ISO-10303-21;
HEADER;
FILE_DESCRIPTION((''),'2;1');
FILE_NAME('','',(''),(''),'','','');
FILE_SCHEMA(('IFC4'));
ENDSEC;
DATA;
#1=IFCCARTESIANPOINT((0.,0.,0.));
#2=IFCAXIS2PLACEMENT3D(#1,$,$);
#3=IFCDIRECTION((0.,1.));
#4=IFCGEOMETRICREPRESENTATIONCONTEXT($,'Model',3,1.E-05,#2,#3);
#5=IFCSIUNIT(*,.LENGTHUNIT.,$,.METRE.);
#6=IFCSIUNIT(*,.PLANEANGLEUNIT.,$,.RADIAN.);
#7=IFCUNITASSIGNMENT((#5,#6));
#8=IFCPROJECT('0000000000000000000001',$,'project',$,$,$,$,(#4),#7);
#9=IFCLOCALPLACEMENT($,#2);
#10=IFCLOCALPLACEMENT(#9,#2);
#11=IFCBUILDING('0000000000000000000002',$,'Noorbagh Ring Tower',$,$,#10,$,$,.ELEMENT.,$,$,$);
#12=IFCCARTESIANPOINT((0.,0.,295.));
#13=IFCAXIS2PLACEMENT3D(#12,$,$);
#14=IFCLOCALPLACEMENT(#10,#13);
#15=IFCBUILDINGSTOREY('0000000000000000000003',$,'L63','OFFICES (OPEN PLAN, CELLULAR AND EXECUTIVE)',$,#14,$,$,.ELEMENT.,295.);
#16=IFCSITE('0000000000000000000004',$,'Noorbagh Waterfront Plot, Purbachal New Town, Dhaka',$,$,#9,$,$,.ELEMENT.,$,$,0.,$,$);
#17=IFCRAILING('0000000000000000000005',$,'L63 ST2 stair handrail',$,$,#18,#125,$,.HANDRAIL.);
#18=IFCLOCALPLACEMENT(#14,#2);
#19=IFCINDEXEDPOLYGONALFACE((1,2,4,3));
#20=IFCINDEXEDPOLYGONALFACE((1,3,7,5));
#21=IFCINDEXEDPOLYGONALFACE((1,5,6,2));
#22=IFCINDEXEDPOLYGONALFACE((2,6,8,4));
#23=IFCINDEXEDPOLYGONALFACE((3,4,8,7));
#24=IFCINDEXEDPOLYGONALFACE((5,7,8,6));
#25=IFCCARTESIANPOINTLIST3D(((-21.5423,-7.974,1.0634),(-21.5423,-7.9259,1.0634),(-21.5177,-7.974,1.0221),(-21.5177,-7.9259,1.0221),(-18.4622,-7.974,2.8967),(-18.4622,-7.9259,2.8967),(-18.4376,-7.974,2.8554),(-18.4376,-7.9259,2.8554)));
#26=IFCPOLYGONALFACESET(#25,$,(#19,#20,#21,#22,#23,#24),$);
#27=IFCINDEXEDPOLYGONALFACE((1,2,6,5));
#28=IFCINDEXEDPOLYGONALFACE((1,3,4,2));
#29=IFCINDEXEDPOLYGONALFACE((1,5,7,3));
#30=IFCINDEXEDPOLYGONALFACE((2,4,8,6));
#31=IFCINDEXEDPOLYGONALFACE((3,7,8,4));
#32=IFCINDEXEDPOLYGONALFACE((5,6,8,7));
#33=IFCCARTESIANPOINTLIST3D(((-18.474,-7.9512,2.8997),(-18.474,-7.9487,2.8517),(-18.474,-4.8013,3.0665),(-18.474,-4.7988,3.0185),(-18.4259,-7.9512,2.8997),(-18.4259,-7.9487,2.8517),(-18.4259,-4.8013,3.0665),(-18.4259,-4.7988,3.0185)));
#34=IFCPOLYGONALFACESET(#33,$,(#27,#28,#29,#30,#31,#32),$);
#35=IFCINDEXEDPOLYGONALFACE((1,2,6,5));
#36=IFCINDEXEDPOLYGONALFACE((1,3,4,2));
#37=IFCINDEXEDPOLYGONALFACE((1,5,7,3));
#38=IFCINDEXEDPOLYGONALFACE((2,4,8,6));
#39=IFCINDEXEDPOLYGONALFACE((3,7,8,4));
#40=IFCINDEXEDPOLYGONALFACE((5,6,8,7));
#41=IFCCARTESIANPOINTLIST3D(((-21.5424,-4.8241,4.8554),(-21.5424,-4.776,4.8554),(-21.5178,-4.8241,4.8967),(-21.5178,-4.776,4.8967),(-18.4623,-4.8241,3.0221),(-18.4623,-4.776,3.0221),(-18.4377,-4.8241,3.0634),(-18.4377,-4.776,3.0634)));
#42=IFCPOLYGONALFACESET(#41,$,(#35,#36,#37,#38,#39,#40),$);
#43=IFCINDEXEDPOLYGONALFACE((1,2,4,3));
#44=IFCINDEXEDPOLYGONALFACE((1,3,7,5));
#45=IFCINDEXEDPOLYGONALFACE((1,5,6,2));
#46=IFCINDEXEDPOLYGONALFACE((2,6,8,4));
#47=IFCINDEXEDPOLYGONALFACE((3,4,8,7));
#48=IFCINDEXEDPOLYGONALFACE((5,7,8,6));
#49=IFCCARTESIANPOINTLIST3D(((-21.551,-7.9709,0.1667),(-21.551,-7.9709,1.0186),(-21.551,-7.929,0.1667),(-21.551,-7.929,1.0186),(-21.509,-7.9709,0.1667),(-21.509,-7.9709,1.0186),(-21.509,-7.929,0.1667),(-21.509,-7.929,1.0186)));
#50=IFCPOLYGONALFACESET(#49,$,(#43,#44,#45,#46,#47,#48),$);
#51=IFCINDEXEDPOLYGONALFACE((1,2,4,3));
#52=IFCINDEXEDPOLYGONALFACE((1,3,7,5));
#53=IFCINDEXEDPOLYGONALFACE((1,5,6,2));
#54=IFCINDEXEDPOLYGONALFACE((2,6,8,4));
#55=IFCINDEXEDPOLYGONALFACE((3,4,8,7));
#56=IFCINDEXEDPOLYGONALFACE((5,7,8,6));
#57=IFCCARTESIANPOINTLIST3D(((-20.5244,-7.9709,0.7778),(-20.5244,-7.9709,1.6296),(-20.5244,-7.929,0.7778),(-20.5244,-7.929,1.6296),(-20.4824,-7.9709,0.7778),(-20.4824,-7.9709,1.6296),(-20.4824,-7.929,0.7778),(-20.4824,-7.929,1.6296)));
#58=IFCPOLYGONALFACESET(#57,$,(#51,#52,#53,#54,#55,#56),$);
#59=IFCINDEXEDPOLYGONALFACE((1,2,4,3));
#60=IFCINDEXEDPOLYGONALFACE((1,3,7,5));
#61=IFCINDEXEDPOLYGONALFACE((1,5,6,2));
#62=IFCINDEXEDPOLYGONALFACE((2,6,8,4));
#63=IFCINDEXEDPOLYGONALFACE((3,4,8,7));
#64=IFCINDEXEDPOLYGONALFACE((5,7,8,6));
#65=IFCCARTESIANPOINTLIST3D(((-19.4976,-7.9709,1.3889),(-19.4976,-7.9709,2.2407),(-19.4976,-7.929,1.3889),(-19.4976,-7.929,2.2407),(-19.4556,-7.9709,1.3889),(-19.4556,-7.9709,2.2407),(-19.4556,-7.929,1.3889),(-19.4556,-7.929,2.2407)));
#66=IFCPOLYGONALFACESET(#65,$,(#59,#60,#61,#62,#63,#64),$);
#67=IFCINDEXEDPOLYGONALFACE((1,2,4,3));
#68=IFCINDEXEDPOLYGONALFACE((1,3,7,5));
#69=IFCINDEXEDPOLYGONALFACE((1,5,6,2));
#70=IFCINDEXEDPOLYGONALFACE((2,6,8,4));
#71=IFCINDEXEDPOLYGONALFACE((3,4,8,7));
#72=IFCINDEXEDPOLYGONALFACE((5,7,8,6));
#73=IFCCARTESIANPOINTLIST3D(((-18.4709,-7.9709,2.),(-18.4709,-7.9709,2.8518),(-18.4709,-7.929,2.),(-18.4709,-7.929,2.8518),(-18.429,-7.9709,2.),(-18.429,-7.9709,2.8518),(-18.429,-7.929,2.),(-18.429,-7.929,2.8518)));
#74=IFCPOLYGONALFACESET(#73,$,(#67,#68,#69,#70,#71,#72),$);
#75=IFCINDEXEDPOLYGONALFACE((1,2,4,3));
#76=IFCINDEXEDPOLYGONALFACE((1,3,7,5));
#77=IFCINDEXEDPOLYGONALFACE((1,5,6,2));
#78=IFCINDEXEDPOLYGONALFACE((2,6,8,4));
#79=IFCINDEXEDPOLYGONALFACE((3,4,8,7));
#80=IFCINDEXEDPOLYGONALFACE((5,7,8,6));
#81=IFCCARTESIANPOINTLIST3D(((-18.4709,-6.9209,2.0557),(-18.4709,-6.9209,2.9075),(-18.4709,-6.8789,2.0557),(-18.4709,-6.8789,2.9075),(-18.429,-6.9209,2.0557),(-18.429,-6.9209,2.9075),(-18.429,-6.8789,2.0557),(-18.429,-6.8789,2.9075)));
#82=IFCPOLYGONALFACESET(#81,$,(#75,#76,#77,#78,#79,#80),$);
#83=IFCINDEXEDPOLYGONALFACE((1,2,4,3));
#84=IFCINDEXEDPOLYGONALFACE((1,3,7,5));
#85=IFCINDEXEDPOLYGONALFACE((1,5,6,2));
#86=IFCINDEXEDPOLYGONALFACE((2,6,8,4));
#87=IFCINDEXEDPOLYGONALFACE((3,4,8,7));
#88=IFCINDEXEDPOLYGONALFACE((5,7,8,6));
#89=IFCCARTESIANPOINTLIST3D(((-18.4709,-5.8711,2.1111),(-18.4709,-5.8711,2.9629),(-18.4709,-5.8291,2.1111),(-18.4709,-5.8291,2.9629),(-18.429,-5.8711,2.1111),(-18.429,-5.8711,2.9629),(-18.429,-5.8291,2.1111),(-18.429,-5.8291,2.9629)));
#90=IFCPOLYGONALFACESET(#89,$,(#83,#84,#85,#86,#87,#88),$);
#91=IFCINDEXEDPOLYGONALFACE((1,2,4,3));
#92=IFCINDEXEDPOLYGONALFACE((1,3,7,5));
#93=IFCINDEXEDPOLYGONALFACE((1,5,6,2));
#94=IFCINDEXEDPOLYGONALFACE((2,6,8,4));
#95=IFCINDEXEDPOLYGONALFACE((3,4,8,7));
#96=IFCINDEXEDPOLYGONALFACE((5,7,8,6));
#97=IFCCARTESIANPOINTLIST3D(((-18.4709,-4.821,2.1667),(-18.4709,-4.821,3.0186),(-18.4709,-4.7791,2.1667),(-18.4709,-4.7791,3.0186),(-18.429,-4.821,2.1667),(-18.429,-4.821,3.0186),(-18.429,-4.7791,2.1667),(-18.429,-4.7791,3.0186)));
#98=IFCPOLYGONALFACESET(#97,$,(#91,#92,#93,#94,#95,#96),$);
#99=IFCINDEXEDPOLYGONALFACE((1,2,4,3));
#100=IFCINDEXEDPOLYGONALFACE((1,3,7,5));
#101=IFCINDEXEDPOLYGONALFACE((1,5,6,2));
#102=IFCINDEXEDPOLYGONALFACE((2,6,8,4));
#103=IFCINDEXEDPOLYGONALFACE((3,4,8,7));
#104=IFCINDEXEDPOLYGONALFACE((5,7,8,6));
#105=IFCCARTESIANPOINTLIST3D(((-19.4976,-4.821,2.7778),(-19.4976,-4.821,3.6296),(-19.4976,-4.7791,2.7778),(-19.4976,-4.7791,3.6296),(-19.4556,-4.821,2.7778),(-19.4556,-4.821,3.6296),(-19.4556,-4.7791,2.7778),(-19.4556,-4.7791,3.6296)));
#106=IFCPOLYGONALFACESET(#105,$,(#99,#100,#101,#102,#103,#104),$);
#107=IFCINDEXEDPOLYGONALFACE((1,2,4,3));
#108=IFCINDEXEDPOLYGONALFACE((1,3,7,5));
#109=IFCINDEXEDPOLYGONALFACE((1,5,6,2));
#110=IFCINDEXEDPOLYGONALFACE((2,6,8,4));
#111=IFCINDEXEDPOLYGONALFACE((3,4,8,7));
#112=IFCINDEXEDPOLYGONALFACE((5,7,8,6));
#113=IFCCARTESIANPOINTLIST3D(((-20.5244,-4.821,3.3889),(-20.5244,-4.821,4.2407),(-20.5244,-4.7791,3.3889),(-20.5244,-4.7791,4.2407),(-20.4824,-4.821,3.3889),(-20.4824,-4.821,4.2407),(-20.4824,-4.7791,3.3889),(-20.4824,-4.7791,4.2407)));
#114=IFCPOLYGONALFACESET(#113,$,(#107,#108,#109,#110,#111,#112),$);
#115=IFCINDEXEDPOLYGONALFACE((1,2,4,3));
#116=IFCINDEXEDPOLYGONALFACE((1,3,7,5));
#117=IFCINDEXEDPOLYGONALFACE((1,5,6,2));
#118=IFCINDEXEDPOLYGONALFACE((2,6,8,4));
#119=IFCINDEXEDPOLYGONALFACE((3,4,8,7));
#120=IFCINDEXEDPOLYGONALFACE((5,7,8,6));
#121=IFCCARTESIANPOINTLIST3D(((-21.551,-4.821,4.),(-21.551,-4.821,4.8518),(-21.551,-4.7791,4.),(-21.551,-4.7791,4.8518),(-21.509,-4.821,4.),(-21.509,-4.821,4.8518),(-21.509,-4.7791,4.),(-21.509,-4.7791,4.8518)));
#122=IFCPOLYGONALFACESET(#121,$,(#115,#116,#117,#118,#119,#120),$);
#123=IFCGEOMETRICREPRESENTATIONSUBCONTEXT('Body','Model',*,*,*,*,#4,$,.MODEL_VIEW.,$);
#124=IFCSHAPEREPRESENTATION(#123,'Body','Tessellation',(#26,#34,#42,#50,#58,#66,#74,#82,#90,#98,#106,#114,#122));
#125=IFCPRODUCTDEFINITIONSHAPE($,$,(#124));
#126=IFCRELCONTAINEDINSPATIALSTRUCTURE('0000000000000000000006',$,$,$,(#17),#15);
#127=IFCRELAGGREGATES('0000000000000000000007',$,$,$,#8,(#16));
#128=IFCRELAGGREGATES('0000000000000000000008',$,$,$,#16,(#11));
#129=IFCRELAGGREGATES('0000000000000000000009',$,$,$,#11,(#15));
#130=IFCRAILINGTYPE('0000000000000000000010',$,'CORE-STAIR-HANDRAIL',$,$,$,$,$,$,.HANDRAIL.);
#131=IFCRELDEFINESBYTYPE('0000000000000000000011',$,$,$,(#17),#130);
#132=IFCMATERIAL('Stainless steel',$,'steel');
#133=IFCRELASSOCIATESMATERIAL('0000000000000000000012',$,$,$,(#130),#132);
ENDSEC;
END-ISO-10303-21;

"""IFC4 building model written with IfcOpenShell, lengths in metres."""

from ifc_helpers import new_model, si_unit, direction, frame, origin, origin_2d, place, context, subcontext, project, spatial, rectangle, extrude, material, type_object, element, save


model = new_model("IFC4")

# Units and contexts
model_context = context("Model", 3, precision=1e-05, world=origin(), true_north=direction((0.0, 1.0)))
body_context = subcontext(model_context, "Body", "Model", "MODEL_VIEW")
ifc_project = project(units=[si_unit("LENGTHUNIT", "METRE"), si_unit("PLANEANGLEUNIT", "RADIAN")], contexts=[model_context])

# Site, building, storey
site_placement = place(None, origin())
site = spatial("IfcSite", under=ifc_project, at=site_placement, Name="Noorbagh Waterfront Plot, Purbachal New Town, Dhaka", CompositionType="ELEMENT", RefElevation=0.0)
building_placement = place(site_placement, origin())
building = spatial("IfcBuilding", under=site, at=building_placement, Name="Noorbagh Ring Tower", CompositionType="ELEMENT")
storey_placement = place(building_placement, frame((0.0, 0.0, 295.0)))
storey = spatial("IfcBuildingStorey", under=building, at=storey_placement, Name="L63", Description="OFFICES (OPEN PLAN, CELLULAR AND EXECUTIVE)", CompositionType="ELEMENT", Elevation=295.0)

# Railing
ifc_material_1 = material(Name="Stainless steel", Category="steel")
railing_type_1 = type_object("IfcRailingType", Name="CORE-STAIR-HANDRAIL", PredefinedType="HANDRAIL", material=ifc_material_1)
railing_1_placement = place(storey_placement, frame((-21.53, -7.95, 0.1667)))
element("IfcRailing", 1, at=railing_1_placement, inside=storey, type_object=railing_type_1, Name="L63 ST2 stair handrail", PredefinedType="HANDRAIL", context=body_context, shape_type="SweptSolid", body=[
    extrude(rectangle(XDim=0.0481, YDim=0.0481, at=origin_2d()), frame((0.0, 0.0, 0.876), z_axis=(0.859309, 0.0, 0.511458), x_axis=(0.0, 1.0, 0.0)), (0.0, 0.0, 1.0), 3.5845),
    extrude(rectangle(XDim=0.0481, YDim=0.0481, at=origin_2d()), frame((3.0801, 0.0, 2.709), z_axis=(0.0, 0.998602, 0.052864), x_axis=(-1.0, 0.0, 0.0)), (0.0, 0.0, 1.0), 3.1543),
    extrude(rectangle(XDim=0.0481, YDim=0.0481, at=origin_2d()), frame((3.0801, 3.1499, 2.876), z_axis=(-0.859309, 0.0, 0.511458), x_axis=(0.0, -1.0, 0.0)), (0.0, 0.0, 1.0), 3.5845),
    extrude(rectangle(XDim=0.042, YDim=0.042, at=origin_2d()), origin(), (0.0, 0.0, 1.0), 0.8518),
    extrude(rectangle(XDim=0.042, YDim=0.042, at=origin_2d()), frame((1.0266, 0.0, 0.6111)), (0.0, 0.0, 1.0), 0.8518),
    extrude(rectangle(XDim=0.042, YDim=0.042, at=origin_2d()), frame((2.0535, 0.0, 1.2222)), (0.0, 0.0, 1.0), 0.8518),
    extrude(rectangle(XDim=0.042, YDim=0.042, at=origin_2d()), frame((3.0801, 0.0, 1.8333)), (0.0, 0.0, 1.0), 0.8518),
    extrude(rectangle(XDim=0.042, YDim=0.042, at=origin_2d()), frame((3.0801, 1.05, 1.8889)), (0.0, 0.0, 1.0), 0.8518),
    extrude(rectangle(XDim=0.042, YDim=0.042, at=origin_2d()), frame((3.0801, 2.0999, 1.9443)), (0.0, 0.0, 1.0), 0.8518),
    extrude(rectangle(XDim=0.042, YDim=0.042, at=origin_2d()), frame((3.0801, 3.1499, 2.0)), (0.0, 0.0, 1.0), 0.8518),
    extrude(rectangle(XDim=0.042, YDim=0.042, at=origin_2d()), frame((2.0535, 3.1499, 2.6111)), (0.0, 0.0, 1.0), 0.8518),
    extrude(rectangle(XDim=0.042, YDim=0.042, at=origin_2d()), frame((1.0266, 3.1499, 3.2222)), (0.0, 0.0, 1.0), 0.8518),
    extrude(rectangle(XDim=0.042, YDim=0.042, at=origin_2d()), frame((0.0, 3.1499, 3.8333)), (0.0, 0.0, 1.0), 0.8518),
])

save(model, "model.ifc")
